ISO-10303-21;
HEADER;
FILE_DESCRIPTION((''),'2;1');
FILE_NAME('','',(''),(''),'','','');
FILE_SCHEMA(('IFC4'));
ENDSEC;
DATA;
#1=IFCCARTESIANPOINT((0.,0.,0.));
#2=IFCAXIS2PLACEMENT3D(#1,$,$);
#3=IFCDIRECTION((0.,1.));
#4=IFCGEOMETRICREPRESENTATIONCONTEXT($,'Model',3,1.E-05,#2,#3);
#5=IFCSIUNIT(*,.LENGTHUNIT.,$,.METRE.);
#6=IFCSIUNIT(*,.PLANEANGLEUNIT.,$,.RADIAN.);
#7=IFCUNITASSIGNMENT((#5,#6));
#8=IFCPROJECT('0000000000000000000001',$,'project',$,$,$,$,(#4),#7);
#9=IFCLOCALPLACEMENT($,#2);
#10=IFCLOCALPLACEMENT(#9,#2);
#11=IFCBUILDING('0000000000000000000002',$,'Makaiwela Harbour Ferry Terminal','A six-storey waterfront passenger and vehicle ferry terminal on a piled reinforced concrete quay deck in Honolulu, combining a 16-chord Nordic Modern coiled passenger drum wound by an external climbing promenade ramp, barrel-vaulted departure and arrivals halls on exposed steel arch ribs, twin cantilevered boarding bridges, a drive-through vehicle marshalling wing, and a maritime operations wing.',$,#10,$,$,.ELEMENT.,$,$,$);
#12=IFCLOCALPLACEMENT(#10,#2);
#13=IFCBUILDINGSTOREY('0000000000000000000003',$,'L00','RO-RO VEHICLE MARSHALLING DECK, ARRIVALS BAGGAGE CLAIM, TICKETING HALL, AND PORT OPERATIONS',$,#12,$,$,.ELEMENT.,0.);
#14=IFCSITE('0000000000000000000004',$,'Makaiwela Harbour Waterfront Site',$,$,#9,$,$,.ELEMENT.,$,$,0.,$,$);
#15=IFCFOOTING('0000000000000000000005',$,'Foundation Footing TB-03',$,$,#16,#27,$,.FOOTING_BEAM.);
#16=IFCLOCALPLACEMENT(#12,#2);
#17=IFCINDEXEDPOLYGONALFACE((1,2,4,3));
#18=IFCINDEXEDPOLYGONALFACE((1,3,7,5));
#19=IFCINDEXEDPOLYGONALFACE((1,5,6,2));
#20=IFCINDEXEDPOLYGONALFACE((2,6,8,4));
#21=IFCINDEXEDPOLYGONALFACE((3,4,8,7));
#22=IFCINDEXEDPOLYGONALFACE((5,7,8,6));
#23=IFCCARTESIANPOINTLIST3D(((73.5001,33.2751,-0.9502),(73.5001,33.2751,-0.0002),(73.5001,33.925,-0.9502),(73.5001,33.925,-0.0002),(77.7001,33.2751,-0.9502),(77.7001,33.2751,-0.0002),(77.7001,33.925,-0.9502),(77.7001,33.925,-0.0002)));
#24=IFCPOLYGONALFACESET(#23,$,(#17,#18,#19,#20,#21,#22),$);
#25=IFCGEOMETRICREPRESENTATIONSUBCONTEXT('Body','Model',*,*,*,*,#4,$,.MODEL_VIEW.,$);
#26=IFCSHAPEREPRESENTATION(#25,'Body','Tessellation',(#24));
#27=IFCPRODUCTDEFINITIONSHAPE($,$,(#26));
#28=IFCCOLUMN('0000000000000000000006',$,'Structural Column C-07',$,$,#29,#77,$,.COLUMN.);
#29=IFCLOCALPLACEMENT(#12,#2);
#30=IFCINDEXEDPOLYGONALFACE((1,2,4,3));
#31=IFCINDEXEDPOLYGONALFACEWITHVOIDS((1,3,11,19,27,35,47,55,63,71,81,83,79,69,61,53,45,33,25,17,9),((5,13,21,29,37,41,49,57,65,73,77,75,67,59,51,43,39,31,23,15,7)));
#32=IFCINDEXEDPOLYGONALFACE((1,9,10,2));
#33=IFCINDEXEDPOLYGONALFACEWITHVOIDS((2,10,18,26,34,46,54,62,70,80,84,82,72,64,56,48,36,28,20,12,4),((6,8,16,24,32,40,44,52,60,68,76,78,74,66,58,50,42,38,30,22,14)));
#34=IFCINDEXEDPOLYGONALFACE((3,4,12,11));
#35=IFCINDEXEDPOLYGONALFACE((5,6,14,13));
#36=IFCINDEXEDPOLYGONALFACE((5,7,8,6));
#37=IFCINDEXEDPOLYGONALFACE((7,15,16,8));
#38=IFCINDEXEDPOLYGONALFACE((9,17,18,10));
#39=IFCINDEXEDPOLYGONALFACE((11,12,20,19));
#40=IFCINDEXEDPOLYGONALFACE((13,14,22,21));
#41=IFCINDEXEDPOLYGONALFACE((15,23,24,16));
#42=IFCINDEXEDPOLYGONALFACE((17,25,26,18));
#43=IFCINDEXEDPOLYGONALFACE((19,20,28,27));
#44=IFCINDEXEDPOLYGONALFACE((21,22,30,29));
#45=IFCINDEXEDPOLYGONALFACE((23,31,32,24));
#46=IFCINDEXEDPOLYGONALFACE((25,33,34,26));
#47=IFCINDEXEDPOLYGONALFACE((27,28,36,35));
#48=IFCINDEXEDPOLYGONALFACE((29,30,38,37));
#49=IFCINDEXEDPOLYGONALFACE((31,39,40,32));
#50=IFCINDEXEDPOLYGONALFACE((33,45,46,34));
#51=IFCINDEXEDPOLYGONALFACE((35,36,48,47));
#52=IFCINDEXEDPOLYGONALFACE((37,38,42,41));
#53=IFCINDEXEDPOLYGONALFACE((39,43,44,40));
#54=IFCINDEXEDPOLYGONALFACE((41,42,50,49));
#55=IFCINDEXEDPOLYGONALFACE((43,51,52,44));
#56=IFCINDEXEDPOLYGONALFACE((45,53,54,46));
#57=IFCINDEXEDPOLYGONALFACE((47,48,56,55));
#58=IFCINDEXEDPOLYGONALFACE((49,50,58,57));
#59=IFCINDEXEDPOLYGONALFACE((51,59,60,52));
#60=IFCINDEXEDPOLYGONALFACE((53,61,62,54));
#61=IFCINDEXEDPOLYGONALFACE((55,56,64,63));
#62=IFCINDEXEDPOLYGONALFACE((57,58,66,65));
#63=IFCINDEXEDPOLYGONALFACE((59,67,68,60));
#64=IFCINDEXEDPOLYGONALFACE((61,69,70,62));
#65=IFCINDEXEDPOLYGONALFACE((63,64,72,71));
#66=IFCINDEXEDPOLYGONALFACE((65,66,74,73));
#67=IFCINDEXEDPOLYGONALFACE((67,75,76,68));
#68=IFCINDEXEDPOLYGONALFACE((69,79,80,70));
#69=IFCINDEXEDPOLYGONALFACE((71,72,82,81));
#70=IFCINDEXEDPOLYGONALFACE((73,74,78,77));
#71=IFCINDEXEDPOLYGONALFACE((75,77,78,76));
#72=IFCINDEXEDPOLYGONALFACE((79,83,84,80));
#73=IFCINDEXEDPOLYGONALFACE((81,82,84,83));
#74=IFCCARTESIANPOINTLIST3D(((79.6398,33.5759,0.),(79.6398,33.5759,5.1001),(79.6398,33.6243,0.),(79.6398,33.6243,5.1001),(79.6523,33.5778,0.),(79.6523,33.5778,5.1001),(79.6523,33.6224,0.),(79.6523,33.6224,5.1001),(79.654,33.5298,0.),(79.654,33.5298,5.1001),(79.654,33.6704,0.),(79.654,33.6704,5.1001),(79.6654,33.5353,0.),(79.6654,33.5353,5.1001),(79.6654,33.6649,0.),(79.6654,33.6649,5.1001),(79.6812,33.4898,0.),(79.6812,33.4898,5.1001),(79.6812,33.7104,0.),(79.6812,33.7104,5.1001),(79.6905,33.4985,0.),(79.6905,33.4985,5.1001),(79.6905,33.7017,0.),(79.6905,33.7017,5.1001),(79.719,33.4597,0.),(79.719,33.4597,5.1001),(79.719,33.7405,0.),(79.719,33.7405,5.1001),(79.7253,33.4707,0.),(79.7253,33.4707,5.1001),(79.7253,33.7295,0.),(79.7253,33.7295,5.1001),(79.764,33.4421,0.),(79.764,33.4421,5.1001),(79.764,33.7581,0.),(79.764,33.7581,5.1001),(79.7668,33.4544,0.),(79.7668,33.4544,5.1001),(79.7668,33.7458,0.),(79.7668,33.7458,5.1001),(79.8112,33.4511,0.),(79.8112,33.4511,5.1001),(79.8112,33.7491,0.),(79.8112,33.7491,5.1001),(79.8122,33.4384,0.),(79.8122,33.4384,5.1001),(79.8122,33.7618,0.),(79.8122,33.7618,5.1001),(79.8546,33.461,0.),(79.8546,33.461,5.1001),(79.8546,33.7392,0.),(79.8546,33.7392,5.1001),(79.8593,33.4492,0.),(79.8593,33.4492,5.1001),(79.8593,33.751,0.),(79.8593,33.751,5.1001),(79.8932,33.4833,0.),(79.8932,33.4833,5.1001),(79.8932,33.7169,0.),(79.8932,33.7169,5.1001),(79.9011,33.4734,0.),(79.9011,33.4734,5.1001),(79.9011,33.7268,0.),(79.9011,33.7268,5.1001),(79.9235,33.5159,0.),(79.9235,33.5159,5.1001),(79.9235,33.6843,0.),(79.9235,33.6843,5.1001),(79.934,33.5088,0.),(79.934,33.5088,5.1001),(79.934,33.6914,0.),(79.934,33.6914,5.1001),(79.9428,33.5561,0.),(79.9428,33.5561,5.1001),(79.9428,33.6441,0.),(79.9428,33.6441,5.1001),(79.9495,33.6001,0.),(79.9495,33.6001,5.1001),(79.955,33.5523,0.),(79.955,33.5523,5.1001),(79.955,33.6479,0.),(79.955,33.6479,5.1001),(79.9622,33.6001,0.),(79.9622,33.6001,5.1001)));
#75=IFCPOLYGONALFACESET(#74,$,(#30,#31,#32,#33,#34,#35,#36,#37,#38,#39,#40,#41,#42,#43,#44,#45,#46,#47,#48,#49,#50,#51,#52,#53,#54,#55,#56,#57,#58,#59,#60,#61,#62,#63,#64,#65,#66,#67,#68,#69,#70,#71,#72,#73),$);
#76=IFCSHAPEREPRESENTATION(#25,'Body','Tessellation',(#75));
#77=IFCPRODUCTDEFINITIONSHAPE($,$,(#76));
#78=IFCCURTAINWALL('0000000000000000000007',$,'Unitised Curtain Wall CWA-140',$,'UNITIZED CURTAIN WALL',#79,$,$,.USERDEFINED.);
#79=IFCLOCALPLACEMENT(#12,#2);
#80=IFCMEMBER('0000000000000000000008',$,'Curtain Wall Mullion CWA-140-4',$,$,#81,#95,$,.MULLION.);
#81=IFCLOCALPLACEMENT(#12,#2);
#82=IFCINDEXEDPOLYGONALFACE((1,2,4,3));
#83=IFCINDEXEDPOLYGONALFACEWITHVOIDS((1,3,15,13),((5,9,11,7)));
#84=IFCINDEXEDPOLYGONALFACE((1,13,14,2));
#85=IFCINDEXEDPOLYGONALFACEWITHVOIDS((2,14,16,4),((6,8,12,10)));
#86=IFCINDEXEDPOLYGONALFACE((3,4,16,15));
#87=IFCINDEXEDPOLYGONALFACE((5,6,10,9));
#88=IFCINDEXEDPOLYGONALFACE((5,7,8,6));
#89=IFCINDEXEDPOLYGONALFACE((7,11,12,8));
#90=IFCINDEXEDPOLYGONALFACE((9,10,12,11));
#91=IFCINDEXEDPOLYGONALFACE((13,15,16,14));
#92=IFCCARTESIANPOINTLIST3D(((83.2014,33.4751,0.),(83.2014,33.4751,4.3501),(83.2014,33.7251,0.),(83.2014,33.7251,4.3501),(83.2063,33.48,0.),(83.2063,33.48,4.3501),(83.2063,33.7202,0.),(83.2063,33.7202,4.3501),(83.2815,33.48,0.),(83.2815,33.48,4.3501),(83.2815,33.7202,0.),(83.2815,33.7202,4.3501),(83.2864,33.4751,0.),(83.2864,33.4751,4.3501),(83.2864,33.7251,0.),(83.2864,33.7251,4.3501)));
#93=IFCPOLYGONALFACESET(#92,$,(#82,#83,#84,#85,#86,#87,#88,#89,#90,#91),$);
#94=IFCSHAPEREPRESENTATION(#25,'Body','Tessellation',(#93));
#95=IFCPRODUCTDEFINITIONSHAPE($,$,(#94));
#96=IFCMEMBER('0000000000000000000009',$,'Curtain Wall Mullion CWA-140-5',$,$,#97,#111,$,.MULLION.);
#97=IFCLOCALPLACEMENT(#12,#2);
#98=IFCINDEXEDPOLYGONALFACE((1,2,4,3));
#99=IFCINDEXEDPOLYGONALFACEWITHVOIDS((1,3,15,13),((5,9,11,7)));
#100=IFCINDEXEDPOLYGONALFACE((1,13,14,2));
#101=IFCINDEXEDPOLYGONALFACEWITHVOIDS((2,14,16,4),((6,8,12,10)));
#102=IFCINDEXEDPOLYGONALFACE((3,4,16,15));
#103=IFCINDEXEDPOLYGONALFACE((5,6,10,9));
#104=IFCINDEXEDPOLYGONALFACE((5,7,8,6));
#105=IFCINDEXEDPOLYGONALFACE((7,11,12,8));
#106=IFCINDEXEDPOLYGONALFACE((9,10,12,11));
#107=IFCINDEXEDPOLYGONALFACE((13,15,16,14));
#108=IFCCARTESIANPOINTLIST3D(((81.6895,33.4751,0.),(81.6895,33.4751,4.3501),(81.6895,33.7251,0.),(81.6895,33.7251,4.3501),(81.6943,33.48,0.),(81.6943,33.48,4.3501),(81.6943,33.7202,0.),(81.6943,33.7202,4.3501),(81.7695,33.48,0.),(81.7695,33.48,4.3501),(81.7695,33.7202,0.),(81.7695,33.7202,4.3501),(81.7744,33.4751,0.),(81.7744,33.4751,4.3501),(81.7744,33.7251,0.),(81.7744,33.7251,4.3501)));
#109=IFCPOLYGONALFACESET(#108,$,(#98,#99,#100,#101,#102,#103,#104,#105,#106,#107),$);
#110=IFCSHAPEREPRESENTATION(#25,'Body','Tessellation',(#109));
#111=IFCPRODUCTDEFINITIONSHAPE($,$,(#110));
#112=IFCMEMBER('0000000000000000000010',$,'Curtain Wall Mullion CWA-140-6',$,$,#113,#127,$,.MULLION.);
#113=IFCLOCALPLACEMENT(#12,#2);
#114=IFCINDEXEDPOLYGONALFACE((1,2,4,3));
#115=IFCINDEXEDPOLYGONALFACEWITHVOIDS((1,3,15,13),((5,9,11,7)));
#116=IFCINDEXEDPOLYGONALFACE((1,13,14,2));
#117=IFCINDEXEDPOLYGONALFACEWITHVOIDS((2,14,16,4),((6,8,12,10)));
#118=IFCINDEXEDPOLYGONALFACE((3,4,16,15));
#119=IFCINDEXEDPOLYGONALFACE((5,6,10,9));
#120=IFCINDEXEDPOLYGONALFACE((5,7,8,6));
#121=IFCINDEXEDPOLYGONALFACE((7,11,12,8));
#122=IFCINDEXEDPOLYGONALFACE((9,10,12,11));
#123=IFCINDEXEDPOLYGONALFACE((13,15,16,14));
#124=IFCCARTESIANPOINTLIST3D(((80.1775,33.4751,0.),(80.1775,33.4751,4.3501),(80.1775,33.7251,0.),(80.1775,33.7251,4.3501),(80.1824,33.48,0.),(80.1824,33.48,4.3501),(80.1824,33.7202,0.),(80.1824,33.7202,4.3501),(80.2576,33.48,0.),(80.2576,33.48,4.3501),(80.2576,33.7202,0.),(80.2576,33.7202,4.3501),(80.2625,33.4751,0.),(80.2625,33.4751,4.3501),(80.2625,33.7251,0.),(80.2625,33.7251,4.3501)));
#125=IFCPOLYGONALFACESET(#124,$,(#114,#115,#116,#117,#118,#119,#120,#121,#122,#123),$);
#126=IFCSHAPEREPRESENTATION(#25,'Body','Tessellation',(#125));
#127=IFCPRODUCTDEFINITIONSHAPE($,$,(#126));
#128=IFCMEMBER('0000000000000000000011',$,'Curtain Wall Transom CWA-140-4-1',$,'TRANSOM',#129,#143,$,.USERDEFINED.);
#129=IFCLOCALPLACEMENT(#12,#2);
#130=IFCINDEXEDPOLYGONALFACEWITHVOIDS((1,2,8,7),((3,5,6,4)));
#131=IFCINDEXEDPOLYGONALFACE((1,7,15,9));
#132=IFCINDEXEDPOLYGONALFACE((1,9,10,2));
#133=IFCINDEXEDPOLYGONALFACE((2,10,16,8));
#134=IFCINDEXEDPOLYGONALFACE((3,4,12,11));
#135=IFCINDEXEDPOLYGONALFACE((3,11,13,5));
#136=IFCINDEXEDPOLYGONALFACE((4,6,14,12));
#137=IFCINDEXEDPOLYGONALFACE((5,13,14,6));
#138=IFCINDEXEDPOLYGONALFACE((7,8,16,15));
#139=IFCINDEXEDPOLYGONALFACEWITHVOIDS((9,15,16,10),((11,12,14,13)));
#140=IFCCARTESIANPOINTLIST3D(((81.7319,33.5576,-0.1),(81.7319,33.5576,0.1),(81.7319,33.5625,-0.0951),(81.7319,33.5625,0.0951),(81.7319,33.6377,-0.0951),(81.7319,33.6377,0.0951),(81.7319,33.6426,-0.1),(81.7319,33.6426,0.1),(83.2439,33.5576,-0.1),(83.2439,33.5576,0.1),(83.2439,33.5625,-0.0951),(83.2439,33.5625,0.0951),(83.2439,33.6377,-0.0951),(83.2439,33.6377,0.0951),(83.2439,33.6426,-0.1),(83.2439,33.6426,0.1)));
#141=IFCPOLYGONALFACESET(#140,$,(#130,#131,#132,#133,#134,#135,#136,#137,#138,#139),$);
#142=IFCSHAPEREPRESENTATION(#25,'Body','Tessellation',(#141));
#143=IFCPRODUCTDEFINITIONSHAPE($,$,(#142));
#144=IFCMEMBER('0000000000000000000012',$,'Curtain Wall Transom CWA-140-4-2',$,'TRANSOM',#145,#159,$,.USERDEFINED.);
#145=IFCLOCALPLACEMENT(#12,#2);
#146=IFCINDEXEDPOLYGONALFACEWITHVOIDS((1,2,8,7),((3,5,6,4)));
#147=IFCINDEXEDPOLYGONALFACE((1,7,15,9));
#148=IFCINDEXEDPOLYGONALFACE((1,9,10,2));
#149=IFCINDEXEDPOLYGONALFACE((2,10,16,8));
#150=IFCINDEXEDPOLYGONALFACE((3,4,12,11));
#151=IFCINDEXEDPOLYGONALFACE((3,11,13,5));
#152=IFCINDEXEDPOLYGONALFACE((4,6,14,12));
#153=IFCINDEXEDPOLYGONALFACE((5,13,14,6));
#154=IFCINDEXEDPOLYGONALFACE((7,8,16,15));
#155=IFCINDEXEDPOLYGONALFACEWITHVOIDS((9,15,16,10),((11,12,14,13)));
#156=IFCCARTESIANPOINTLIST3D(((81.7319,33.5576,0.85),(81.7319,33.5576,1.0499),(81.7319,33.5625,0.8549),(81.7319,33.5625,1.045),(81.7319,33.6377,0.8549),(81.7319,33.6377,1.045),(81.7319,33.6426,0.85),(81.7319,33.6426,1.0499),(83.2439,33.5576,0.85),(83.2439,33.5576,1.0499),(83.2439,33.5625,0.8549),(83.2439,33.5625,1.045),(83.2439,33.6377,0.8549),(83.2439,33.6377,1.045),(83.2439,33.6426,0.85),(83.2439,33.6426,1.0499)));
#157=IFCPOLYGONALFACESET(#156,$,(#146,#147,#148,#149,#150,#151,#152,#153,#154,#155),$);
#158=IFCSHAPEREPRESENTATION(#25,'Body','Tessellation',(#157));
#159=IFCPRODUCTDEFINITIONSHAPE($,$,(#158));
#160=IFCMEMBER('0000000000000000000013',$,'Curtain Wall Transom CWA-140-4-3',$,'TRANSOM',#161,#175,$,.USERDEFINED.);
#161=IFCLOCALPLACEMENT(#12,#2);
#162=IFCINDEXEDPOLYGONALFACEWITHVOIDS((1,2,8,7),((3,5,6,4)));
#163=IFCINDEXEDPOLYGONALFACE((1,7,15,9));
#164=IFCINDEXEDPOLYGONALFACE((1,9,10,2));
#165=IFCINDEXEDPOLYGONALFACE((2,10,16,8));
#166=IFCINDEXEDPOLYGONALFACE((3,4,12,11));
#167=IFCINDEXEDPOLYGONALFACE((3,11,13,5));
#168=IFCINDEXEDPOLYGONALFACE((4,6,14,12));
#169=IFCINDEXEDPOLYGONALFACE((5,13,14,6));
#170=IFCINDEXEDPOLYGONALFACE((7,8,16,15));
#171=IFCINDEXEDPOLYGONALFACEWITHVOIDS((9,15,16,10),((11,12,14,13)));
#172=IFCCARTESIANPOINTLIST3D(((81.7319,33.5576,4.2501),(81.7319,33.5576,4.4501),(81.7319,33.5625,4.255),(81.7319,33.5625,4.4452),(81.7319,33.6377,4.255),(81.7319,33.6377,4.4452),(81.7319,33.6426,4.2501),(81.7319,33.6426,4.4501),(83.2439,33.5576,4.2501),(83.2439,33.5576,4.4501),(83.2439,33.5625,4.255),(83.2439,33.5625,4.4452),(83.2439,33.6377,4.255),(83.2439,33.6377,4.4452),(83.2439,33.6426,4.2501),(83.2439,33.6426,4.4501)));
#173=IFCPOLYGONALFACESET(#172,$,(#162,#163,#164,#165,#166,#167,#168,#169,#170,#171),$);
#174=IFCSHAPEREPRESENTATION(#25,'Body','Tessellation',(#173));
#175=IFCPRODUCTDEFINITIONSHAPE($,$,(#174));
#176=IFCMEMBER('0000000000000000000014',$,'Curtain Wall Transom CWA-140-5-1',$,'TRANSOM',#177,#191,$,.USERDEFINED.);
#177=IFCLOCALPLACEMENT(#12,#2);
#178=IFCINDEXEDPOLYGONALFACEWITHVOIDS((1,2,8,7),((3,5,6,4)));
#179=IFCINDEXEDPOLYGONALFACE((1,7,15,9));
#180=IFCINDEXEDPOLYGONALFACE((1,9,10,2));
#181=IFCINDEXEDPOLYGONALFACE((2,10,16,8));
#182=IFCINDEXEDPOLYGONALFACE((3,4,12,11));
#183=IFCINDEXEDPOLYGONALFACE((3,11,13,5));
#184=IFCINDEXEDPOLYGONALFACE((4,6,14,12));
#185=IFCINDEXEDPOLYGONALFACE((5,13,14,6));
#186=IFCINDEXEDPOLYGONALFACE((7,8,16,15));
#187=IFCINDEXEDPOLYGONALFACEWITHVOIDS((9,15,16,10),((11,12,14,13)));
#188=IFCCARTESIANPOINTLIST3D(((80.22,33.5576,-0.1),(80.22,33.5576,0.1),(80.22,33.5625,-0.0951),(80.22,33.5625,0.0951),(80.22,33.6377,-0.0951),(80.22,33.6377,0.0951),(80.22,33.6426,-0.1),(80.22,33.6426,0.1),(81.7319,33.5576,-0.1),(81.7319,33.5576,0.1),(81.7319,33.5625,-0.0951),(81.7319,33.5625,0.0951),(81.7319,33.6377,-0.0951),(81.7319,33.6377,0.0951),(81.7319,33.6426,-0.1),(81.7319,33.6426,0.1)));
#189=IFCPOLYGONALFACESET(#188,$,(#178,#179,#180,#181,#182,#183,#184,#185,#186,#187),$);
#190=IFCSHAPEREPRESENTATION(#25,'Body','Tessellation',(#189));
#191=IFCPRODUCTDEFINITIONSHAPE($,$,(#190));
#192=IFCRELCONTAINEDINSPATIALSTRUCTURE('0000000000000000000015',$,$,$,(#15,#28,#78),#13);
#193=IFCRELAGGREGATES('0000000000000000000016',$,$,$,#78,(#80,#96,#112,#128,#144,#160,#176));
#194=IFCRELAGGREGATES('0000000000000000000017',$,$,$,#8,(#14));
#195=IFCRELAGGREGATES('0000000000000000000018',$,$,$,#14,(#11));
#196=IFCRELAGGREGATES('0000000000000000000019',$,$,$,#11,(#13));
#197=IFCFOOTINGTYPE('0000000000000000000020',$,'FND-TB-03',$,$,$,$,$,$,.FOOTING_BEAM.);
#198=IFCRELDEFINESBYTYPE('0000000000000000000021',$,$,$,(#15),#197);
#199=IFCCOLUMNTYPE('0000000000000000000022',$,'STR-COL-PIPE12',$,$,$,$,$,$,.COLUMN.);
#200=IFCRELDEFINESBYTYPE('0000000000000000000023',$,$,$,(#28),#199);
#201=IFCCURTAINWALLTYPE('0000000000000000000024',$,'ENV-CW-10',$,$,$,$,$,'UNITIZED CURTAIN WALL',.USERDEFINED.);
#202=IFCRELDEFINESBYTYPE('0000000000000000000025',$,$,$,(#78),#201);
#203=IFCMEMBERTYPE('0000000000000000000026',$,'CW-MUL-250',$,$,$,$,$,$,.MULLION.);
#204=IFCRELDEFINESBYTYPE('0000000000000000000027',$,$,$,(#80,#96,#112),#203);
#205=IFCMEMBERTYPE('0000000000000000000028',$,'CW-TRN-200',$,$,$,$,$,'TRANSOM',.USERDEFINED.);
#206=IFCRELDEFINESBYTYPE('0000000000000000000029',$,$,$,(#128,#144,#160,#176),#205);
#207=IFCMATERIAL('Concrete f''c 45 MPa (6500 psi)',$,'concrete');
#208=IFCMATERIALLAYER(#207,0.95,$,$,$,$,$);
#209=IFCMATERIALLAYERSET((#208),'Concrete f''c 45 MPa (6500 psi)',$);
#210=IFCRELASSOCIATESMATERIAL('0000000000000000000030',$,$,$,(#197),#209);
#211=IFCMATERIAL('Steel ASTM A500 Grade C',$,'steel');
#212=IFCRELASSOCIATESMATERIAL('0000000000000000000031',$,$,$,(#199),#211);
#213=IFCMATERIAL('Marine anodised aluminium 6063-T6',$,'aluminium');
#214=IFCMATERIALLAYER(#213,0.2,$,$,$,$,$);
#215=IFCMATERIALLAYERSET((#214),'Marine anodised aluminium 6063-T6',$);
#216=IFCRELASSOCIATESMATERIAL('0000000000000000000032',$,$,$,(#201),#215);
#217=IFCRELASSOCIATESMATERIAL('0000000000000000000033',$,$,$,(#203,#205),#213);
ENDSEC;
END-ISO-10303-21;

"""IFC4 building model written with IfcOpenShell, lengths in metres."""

from ifc_helpers import new_model, si_unit, direction, frame, origin, origin_2d, place, context, subcontext, project, spatial, rectangle, hollow_rectangle, hollow_circle, extrude, material, layer, layer_set, material_profile, profile_set, type_object, element, aggregate, save


model = new_model("IFC4")

# Units and contexts
model_context = context("Model", 3, precision=1e-05, world=origin(), true_north=direction((0.0, 1.0)))
body_context = subcontext(model_context, "Body", "Model", "MODEL_VIEW")
ifc_project = project(units=[si_unit("LENGTHUNIT", "METRE"), si_unit("PLANEANGLEUNIT", "RADIAN")], contexts=[model_context])

# Site, building, storey
site_placement = place(None, origin())
site = spatial("IfcSite", under=ifc_project, at=site_placement, Name="Makaiwela Harbour Waterfront Site", CompositionType="ELEMENT", RefElevation=0.0)
building_placement = place(site_placement, origin())
building = spatial("IfcBuilding", under=site, at=building_placement, Name="Makaiwela Harbour Ferry Terminal", Description="A six-storey waterfront passenger and vehicle ferry terminal on a piled reinforced concrete quay deck in Honolulu, combining a 16-chord Nordic Modern coiled passenger drum wound by an external climbing promenade ramp, barrel-vaulted departure and arrivals halls on exposed steel arch ribs, twin cantilevered boarding bridges, a drive-through vehicle marshalling wing, and a maritime operations wing.", CompositionType="ELEMENT")
storey_placement = place(building_placement, origin())
storey = spatial("IfcBuildingStorey", under=building, at=storey_placement, Name="L00", Description="RO-RO VEHICLE MARSHALLING DECK, ARRIVALS BAGGAGE CLAIM, TICKETING HALL, AND PORT OPERATIONS", CompositionType="ELEMENT", Elevation=0.0)

# Shared definitions
ifc_material_1 = material(Name="Concrete f'c 45 MPa (6500 psi)", Category="concrete")

# Footing
ifc_layer_1 = layer(ifc_material_1, 0.95)
ifc_layer_set_1 = layer_set([ifc_layer_1], Name="Concrete f'c 45 MPa (6500 psi)")
footing_type_1 = type_object("IfcFootingType", Name="FND-TB-03", PredefinedType="FOOTING_BEAM", material=ifc_layer_set_1)
footing_1_placement = place(storey_placement, frame((75.6001, 33.6001, -0.9502), z_axis=(0.0, 0.0, 1.0), x_axis=(1.0, 0.0, 0.0)))
element("IfcFooting", 1, at=footing_1_placement, inside=storey, type_object=footing_type_1, Name="Foundation Footing TB-03", PredefinedType="FOOTING_BEAM", context=body_context, shape_type="SweptSolid", body=[
    extrude(rectangle(XDim=4.2, YDim=0.6499, at=origin_2d()), origin(), (0.0, 0.0, 1.0), 0.95),
])

# Column
ifc_material_2 = material(Name="Steel ASTM A500 Grade C", Category="steel")
ifc_material_profile_1 = material_profile(ifc_material_2, hollow_circle(Radius=0.1621, WallThickness=0.0127, at=origin_2d()), Name="PIPE12XS")
ifc_profile_set_1 = profile_set([ifc_material_profile_1], Name="Steel ASTM A500 Grade C")
column_type = type_object("IfcColumnType", Name="STR-COL-PIPE12", PredefinedType="COLUMN", material=ifc_profile_set_1)
column_placement = place(storey_placement, frame((79.8, 33.6001, 0.0), z_axis=(0.0, 0.0, 1.0), x_axis=(1.0, 0.0, 0.0)))
element("IfcColumn", 2, at=column_placement, inside=storey, type_object=column_type, Name="Structural Column C-07", PredefinedType="COLUMN", context=body_context, shape_type="SweptSolid", body=[
    extrude(hollow_circle(Radius=0.1621, WallThickness=0.0127, at=origin_2d()), origin(), (0.0, 0.0, 1.0), 5.1001),
])

# Curtain wall, members
ifc_material_3 = material(Name="Marine anodised aluminium 6063-T6", Category="aluminium")
ifc_layer_2 = layer(ifc_material_3, 0.2)
ifc_layer_set_2 = layer_set([ifc_layer_2], Name="Marine anodised aluminium 6063-T6")
curtain_wall_type = type_object("IfcCurtainWallType", Name="ENV-CW-10", ElementType="UNITIZED CURTAIN WALL", PredefinedType="USERDEFINED", material=ifc_layer_set_2)
curtain_wall_placement = place(storey_placement, origin())
curtain_wall = element("IfcCurtainWall", 3, at=curtain_wall_placement, inside=storey, type_object=curtain_wall_type, Name="Unitised Curtain Wall CWA-140", ObjectType="UNITIZED CURTAIN WALL", PredefinedType="USERDEFINED")
ifc_material_profile_2 = material_profile(ifc_material_3, hollow_rectangle(XDim=0.085, YDim=0.25, WallThickness=0.0049, at=origin_2d()), Name="CWM-250X85")
ifc_profile_set_2 = profile_set([ifc_material_profile_2], Name="Marine anodised aluminium 6063-T6")
member_type_1 = type_object("IfcMemberType", Name="CW-MUL-250", PredefinedType="MULLION", material=ifc_profile_set_2)
member_1_placement = place(storey_placement, frame((83.2439, 33.6001, 0.0), z_axis=(0.0, 0.0, 1.0), x_axis=(1.0, 0.0, 0.0)))
member_1 = element("IfcMember", 4, at=member_1_placement, type_object=member_type_1, Name="Curtain Wall Mullion CWA-140-4", PredefinedType="MULLION", context=body_context, shape_type="SweptSolid", body=[
    extrude(hollow_rectangle(XDim=0.085, YDim=0.25, WallThickness=0.0049, at=origin_2d()), origin(), (0.0, 0.0, 1.0), 4.3501),
])
member_2_placement = place(storey_placement, frame((81.7319, 33.6001, 0.0), z_axis=(0.0, 0.0, 1.0), x_axis=(1.0, 0.0, 0.0)))
member_2 = element("IfcMember", 5, at=member_2_placement, type_object=member_type_1, Name="Curtain Wall Mullion CWA-140-5", PredefinedType="MULLION", context=body_context, shape_type="SweptSolid", body=[
    extrude(hollow_rectangle(XDim=0.085, YDim=0.25, WallThickness=0.0049, at=origin_2d()), origin(), (0.0, 0.0, 1.0), 4.3501),
])
member_3_placement = place(storey_placement, frame((80.22, 33.6001, 0.0), z_axis=(0.0, 0.0, 1.0), x_axis=(1.0, 0.0, 0.0)))
member_3 = element("IfcMember", 6, at=member_3_placement, type_object=member_type_1, Name="Curtain Wall Mullion CWA-140-6", PredefinedType="MULLION", context=body_context, shape_type="SweptSolid", body=[
    extrude(hollow_rectangle(XDim=0.085, YDim=0.25, WallThickness=0.0049, at=origin_2d()), origin(), (0.0, 0.0, 1.0), 4.3501),
])
ifc_material_profile_3 = material_profile(ifc_material_3, hollow_rectangle(XDim=0.085, YDim=0.2, WallThickness=0.0049, at=origin_2d()), Name="CWT-200X85")
ifc_profile_set_3 = profile_set([ifc_material_profile_3], Name="Marine anodised aluminium 6063-T6")
member_type_2 = type_object("IfcMemberType", Name="CW-TRN-200", ElementType="TRANSOM", PredefinedType="USERDEFINED", material=ifc_profile_set_3)
member_4_placement = place(storey_placement, frame((83.2439, 33.6001, 0.0), z_axis=(-1.0, 0.0, 0.0), x_axis=(0.0, -1.0, 0.0)))
member_4 = element("IfcMember", 7, at=member_4_placement, type_object=member_type_2, Name="Curtain Wall Transom CWA-140-4-1", ObjectType="TRANSOM", PredefinedType="USERDEFINED", context=body_context, shape_type="SweptSolid", body=[
    extrude(hollow_rectangle(XDim=0.085, YDim=0.2, WallThickness=0.0049, at=origin_2d()), origin(), (0.0, 0.0, 1.0), 1.512),
])
member_5_placement = place(storey_placement, frame((83.2439, 33.6001, 0.95), z_axis=(-1.0, 0.0, 0.0), x_axis=(0.0, -1.0, 0.0)))
member_5 = element("IfcMember", 8, at=member_5_placement, type_object=member_type_2, Name="Curtain Wall Transom CWA-140-4-2", ObjectType="TRANSOM", PredefinedType="USERDEFINED", context=body_context, shape_type="SweptSolid", body=[
    extrude(hollow_rectangle(XDim=0.085, YDim=0.2, WallThickness=0.0049, at=origin_2d()), origin(), (0.0, 0.0, 1.0), 1.512),
])
member_6_placement = place(storey_placement, frame((83.2439, 33.6001, 4.3501), z_axis=(-1.0, 0.0, 0.0), x_axis=(0.0, -1.0, 0.0)))
member_6 = element("IfcMember", 9, at=member_6_placement, type_object=member_type_2, Name="Curtain Wall Transom CWA-140-4-3", ObjectType="TRANSOM", PredefinedType="USERDEFINED", context=body_context, shape_type="SweptSolid", body=[
    extrude(hollow_rectangle(XDim=0.085, YDim=0.2, WallThickness=0.0049, at=origin_2d()), origin(), (0.0, 0.0, 1.0), 1.512),
])
member_7_placement = place(storey_placement, frame((81.7319, 33.6001, 0.0), z_axis=(-1.0, 0.0, 0.0), x_axis=(0.0, -1.0, 0.0)))
member_7 = element("IfcMember", 10, at=member_7_placement, type_object=member_type_2, Name="Curtain Wall Transom CWA-140-5-1", ObjectType="TRANSOM", PredefinedType="USERDEFINED", context=body_context, shape_type="SweptSolid", body=[
    extrude(hollow_rectangle(XDim=0.085, YDim=0.2, WallThickness=0.0049, at=origin_2d()), origin(), (0.0, 0.0, 1.0), 1.512),
])
aggregate(curtain_wall, [member_1, member_2, member_3, member_4, member_5, member_6, member_7])

save(model, "model.ifc")
